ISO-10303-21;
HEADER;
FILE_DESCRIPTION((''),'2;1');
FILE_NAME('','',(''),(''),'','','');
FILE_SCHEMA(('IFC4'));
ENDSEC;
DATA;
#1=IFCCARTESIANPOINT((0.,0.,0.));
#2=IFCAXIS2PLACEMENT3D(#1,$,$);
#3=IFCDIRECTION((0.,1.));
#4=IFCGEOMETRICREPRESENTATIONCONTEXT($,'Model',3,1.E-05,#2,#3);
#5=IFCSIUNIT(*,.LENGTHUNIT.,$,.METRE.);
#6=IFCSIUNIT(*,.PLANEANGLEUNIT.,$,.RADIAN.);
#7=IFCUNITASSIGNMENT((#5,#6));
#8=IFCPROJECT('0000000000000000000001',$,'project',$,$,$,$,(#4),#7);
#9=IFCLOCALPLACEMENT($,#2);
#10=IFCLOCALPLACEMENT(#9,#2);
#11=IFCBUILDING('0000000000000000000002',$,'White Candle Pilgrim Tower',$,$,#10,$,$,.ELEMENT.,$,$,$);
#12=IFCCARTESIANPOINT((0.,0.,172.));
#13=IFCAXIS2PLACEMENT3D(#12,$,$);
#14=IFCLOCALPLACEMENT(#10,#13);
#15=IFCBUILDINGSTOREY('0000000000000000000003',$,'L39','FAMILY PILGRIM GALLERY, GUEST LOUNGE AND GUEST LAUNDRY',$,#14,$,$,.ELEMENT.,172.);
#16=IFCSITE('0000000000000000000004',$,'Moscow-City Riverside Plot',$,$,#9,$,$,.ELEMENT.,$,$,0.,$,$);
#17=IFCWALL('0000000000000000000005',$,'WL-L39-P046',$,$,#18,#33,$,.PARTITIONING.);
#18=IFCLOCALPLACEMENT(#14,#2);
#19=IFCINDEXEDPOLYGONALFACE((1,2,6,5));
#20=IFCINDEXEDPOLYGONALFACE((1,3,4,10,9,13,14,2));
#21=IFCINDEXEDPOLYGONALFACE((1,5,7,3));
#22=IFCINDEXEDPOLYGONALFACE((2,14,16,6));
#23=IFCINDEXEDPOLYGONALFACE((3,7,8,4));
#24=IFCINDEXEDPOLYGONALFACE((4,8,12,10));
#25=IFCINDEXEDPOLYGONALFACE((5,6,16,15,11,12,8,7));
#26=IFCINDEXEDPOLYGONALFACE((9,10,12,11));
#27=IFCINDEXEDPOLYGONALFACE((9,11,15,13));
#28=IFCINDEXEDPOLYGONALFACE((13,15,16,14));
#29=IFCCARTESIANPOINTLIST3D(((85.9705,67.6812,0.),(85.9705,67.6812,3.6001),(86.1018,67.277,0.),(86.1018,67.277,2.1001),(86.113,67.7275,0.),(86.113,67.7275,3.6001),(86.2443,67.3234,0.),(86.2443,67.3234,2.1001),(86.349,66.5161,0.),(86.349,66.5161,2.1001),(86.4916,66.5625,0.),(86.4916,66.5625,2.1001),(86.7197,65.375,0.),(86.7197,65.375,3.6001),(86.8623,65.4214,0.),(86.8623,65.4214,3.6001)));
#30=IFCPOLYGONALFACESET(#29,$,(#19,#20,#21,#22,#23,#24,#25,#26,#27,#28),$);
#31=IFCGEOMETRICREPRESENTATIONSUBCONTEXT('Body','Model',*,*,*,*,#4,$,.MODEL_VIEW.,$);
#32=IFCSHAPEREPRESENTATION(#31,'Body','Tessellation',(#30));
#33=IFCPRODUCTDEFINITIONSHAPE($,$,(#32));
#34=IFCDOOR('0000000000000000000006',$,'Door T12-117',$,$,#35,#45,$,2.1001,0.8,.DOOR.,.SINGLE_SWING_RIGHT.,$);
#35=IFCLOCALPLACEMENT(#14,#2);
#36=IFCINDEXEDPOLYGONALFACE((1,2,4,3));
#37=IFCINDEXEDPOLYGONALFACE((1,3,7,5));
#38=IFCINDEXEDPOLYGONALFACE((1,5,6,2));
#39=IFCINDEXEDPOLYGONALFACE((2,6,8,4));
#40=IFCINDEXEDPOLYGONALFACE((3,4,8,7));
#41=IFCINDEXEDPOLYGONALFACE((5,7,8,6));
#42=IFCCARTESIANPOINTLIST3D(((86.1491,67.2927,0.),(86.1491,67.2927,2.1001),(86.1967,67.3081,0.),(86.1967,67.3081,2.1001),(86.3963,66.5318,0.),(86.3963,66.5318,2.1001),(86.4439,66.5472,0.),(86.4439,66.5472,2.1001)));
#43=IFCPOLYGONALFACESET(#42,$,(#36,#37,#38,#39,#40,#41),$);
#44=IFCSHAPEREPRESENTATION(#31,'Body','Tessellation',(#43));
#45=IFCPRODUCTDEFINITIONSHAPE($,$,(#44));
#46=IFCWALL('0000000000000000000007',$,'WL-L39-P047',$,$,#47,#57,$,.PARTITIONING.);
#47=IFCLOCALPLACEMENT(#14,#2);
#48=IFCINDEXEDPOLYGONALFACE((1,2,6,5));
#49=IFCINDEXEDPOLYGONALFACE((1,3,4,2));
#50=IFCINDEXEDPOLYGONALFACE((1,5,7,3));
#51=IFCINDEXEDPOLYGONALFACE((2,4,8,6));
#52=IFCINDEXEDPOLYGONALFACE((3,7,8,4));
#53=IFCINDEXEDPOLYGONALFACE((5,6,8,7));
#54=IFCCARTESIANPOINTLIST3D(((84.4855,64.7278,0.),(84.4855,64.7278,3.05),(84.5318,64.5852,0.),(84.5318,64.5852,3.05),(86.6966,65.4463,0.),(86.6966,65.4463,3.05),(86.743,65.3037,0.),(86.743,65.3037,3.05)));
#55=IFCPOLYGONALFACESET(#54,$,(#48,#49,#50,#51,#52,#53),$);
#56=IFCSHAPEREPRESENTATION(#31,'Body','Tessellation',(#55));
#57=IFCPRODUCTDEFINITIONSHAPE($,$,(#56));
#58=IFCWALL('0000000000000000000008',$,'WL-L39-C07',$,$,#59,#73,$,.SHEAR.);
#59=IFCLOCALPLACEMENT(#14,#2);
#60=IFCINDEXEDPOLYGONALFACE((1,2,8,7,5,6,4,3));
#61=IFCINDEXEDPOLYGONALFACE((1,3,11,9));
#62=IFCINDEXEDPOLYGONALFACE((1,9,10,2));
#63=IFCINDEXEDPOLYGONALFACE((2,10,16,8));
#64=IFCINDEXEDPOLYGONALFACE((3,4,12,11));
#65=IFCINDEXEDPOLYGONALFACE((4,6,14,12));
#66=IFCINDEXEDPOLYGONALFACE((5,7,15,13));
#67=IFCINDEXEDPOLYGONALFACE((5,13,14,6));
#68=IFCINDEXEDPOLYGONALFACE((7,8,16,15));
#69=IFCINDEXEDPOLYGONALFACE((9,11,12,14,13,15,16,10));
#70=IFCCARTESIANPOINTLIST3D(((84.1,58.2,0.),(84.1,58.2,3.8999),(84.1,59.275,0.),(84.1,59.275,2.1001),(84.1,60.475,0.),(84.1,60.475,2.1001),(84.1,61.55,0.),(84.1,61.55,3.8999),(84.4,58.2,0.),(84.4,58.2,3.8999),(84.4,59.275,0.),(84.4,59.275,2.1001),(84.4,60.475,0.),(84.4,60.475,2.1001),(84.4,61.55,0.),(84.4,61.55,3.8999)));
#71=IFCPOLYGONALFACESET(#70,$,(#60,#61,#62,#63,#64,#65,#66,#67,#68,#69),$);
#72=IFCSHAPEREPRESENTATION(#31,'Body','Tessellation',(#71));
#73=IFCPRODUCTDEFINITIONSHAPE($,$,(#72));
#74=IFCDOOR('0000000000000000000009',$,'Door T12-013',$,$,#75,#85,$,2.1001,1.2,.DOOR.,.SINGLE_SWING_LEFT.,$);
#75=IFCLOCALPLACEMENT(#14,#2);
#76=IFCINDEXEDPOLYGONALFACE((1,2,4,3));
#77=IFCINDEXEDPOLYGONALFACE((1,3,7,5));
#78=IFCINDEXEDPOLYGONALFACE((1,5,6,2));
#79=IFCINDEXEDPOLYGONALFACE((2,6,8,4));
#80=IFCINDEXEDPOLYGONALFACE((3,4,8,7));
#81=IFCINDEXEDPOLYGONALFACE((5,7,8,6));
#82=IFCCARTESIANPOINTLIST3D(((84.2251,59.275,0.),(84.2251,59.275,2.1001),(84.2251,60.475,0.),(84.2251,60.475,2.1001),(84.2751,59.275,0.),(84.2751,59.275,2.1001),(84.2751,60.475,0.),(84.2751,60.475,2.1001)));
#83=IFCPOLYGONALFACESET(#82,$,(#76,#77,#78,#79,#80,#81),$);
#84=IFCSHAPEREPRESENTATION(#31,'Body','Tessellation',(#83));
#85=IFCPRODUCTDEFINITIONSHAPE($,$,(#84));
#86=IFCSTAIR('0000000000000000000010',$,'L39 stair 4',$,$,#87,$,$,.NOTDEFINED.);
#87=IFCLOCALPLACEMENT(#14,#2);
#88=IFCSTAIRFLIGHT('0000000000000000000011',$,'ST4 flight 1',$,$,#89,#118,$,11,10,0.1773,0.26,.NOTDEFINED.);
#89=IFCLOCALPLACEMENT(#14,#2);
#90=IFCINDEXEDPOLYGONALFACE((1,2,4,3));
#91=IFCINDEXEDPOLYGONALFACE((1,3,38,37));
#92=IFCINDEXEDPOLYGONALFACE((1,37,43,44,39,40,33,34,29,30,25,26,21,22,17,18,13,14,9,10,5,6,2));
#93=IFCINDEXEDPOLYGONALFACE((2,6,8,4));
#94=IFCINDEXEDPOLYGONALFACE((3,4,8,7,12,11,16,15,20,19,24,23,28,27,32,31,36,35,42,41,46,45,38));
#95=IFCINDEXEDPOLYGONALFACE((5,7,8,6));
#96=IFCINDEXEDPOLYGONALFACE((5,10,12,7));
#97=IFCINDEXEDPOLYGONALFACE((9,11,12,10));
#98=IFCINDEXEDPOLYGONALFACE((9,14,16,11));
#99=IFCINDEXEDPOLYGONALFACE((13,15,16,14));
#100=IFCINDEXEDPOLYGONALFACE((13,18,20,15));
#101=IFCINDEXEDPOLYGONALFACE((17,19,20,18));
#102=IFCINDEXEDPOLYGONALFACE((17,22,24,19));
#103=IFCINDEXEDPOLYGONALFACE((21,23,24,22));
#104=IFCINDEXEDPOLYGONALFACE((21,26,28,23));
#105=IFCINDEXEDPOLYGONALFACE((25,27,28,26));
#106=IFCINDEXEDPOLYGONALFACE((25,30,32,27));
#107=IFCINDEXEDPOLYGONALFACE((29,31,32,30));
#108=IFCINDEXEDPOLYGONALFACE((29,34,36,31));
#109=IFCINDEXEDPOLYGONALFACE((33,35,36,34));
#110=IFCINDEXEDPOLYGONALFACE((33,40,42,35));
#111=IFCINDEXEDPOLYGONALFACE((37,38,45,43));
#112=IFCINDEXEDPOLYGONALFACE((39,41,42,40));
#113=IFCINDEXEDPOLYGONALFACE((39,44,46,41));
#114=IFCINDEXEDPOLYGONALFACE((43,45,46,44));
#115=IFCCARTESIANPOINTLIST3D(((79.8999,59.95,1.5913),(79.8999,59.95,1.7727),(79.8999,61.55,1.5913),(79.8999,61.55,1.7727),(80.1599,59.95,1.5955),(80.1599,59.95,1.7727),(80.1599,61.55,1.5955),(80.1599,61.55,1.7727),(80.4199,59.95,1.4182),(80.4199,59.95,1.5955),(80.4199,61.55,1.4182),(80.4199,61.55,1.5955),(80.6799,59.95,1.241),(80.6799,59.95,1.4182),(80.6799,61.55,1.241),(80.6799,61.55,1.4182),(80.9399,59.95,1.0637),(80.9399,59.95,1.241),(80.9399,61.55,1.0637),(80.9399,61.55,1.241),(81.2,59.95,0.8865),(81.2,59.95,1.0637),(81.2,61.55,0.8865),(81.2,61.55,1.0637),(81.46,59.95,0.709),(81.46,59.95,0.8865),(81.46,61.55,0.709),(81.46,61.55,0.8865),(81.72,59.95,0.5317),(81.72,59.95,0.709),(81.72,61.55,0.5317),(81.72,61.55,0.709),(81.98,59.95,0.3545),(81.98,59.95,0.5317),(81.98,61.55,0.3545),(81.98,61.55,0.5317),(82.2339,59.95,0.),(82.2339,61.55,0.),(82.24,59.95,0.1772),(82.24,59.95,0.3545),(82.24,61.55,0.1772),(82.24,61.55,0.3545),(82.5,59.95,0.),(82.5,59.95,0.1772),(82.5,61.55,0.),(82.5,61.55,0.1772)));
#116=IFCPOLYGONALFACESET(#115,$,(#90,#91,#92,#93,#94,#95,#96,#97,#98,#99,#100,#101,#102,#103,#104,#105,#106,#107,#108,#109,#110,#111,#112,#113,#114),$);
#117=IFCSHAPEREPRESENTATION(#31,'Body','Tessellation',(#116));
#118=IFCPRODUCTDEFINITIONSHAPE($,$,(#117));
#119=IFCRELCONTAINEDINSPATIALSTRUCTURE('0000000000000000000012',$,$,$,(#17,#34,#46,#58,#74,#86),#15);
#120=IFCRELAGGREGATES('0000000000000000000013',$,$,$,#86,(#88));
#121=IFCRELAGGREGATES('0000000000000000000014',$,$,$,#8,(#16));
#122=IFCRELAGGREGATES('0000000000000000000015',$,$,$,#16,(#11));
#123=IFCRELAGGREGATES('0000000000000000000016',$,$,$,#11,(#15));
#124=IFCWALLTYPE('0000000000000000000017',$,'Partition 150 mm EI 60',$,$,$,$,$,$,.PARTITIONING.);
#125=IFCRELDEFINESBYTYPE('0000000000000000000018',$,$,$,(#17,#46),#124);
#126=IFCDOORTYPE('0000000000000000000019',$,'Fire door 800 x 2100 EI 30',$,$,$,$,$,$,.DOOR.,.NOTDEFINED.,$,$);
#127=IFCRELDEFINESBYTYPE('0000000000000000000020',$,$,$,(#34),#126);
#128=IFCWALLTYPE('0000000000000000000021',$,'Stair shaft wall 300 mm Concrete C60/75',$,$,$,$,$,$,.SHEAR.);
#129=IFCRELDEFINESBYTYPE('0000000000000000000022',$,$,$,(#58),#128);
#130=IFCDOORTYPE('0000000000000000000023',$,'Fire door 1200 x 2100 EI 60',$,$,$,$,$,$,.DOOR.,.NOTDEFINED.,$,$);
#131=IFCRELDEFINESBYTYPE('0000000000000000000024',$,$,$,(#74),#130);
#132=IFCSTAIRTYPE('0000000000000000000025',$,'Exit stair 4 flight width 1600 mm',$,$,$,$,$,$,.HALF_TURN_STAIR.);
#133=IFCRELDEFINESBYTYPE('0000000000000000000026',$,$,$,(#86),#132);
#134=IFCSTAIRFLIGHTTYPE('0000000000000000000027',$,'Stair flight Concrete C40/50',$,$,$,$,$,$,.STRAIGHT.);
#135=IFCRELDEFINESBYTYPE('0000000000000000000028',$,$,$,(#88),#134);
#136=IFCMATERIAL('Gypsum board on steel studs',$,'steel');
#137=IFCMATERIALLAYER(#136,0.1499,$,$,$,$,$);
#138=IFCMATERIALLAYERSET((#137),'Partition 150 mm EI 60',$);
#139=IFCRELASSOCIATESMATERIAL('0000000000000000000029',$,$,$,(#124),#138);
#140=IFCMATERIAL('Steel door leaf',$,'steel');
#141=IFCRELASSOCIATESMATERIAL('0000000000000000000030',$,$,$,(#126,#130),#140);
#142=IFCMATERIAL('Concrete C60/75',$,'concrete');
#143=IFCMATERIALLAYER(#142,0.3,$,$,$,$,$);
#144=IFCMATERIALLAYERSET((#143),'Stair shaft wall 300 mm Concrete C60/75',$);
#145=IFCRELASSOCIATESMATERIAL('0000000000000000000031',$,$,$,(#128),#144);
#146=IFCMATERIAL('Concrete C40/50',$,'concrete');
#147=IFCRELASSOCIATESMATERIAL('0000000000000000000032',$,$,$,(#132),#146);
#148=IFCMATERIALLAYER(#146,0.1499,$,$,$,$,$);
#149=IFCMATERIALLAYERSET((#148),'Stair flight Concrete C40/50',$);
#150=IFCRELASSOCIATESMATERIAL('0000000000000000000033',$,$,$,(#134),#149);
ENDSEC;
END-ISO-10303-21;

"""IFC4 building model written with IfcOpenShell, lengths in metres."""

from ifc_helpers import new_model, si_unit, direction, frame, frame_2d, origin, place, context, subcontext, project, spatial, polyline, rectangle, outline, extrude, material, layer, layer_set, type_object, element, fill, aggregate, save


model = new_model("IFC4")

# Units and contexts
model_context = context("Model", 3, precision=1e-05, world=origin(), true_north=direction((0.0, 1.0)))
body_context = subcontext(model_context, "Body", "Model", "MODEL_VIEW")
ifc_project = project(units=[si_unit("LENGTHUNIT", "METRE"), si_unit("PLANEANGLEUNIT", "RADIAN")], contexts=[model_context])

# Site, building, storey
site_placement = place(None, origin())
site = spatial("IfcSite", under=ifc_project, at=site_placement, Name="Moscow-City Riverside Plot", CompositionType="ELEMENT", RefElevation=0.0)
building_placement = place(site_placement, origin())
building = spatial("IfcBuilding", under=site, at=building_placement, Name="White Candle Pilgrim Tower", CompositionType="ELEMENT")
storey_placement = place(building_placement, frame((0.0, 0.0, 172.0)))
storey = spatial("IfcBuildingStorey", under=building, at=storey_placement, Name="L39", Description="FAMILY PILGRIM GALLERY, GUEST LOUNGE AND GUEST LAUNDRY", CompositionType="ELEMENT", Elevation=172.0)

# Shared definitions
ifc_material_1 = material(Name="Concrete C60/75", Category="concrete")

# Shared definitions
ifc_material_2 = material(Name="Gypsum board on steel studs", Category="steel")
ifc_material_3 = material(Name="Steel door leaf", Category="steel")

# Shared definitions
ifc_layer_1 = layer(ifc_material_2, 0.1499)
ifc_layer_set_1 = layer_set([ifc_layer_1], Name="Partition 150 mm EI 60")
wall_type_1 = type_object("IfcWallType", Name="Partition 150 mm EI 60", PredefinedType="PARTITIONING", material=ifc_layer_set_1)

# Wall, opening, door
door_type_1 = type_object("IfcDoorType", Name="Fire door 800 x 2100 EI 30", OperationType="NOTDEFINED", PredefinedType="DOOR", material=ifc_material_3)
wall_1_placement = place(storey_placement, frame((86.791, 65.3982, 0.0), z_axis=(0.0, 0.0, 1.0), x_axis=(-0.309, 0.951062, 0.0)))
wall_1 = element("IfcWall", 1, at=wall_1_placement, inside=storey, type_object=wall_type_1, Name="WL-L39-P046", PredefinedType="PARTITIONING", context=body_context, shape_type="SweptSolid", body=[
    extrude(rectangle(XDim=2.4248, YDim=0.1499, at=frame_2d((1.2124, 0.0))), origin(), (0.0, 0.0, 1.0), 3.6001),
])
opening_1_placement = place(wall_1_placement, frame((1.2, 0.0, 0.0)))
opening_1 = element("IfcOpeningElement", 2, at=opening_1_placement, cuts=wall_1, PredefinedType="OPENING", context=body_context, shape_type="SweptSolid", body=[
    extrude(rectangle(XDim=0.8, YDim=2.1001, at=frame_2d((0.3999, 1.05))), frame((0.0, 0.085, 0.0), z_axis=(0.0, -1.0, 0.0), x_axis=(1.0, 0.0, 0.0)), (0.0, 0.0, 1.0), 0.1699),
])
door_1_placement = place(opening_1_placement, frame((0.8, 0.0, 0.0), z_axis=(0.0, 0.0, 1.0), x_axis=(-1.0, 0.0, 0.0)))
door_1 = element("IfcDoor", 3, at=door_1_placement, inside=storey, type_object=door_type_1, Name="Door T12-117", OperationType="SINGLE_SWING_RIGHT", OverallHeight=2.1001, OverallWidth=0.8, PredefinedType="DOOR", context=body_context, shape_type="SweptSolid", body=[
    extrude(rectangle(XDim=0.8, YDim=2.1001, at=frame_2d((0.3999, 1.05))), frame((0.0, 0.0249, 0.0), z_axis=(0.0, -1.0, 0.0), x_axis=(1.0, 0.0, 0.0)), (0.0, 0.0, 1.0), 0.05),
])
fill(opening_1, door_1)

# Wall
wall_2_placement = place(storey_placement, frame((84.5085, 64.6565, 0.0), z_axis=(0.0, 0.0, 1.0), x_axis=(0.95105, 0.309036, 0.0)))
element("IfcWall", 4, at=wall_2_placement, inside=storey, type_object=wall_type_1, Name="WL-L39-P047", PredefinedType="PARTITIONING", context=body_context, shape_type="SweptSolid", body=[
    extrude(rectangle(XDim=2.325, YDim=0.1499, at=frame_2d((1.1626, 0.0))), origin(), (0.0, 0.0, 1.0), 3.05),
])

# Wall, opening, door
ifc_layer_2 = layer(ifc_material_1, 0.3)
ifc_layer_set_2 = layer_set([ifc_layer_2], Name="Stair shaft wall 300 mm Concrete C60/75")
wall_type_2 = type_object("IfcWallType", Name="Stair shaft wall 300 mm Concrete C60/75", PredefinedType="SHEAR", material=ifc_layer_set_2)
wall_3_placement = place(storey_placement, frame((84.25, 58.2, 0.0), z_axis=(0.0, 0.0, 1.0), x_axis=(0.0, 1.0, 0.0)))
wall_3 = element("IfcWall", 5, at=wall_3_placement, inside=storey, type_object=wall_type_2, Name="WL-L39-C07", PredefinedType="SHEAR", context=body_context, shape_type="SweptSolid", body=[
    extrude(rectangle(XDim=3.3501, YDim=0.3, at=frame_2d((1.675, 0.0))), origin(), (0.0, 0.0, 1.0), 3.8999),
])
opening_2_placement = place(wall_3_placement, frame((1.075, 0.0, 0.0)))
opening_2 = element("IfcOpeningElement", 6, at=opening_2_placement, cuts=wall_3, PredefinedType="OPENING", context=body_context, shape_type="SweptSolid", body=[
    extrude(rectangle(XDim=1.2, YDim=2.1001, at=frame_2d((0.6001, 1.05))), frame((0.0, 0.1599, 0.0), z_axis=(0.0, -1.0, 0.0), x_axis=(1.0, 0.0, 0.0)), (0.0, 0.0, 1.0), 0.3201),
])
door_type_2 = type_object("IfcDoorType", Name="Fire door 1200 x 2100 EI 60", OperationType="NOTDEFINED", PredefinedType="DOOR", material=ifc_material_3)
door_2_placement = place(opening_2_placement, origin())
door_2 = element("IfcDoor", 7, at=door_2_placement, inside=storey, type_object=door_type_2, Name="Door T12-013", OperationType="SINGLE_SWING_LEFT", OverallHeight=2.1001, OverallWidth=1.2, PredefinedType="DOOR", context=body_context, shape_type="SweptSolid", body=[
    extrude(rectangle(XDim=1.2, YDim=2.1001, at=frame_2d((0.6001, 1.05))), frame((0.0, 0.0249, 0.0), z_axis=(0.0, -1.0, 0.0), x_axis=(1.0, 0.0, 0.0)), (0.0, 0.0, 1.0), 0.05),
])
fill(opening_2, door_2)

# Stair, stair flight
ifc_material_4 = material(Name="Concrete C40/50", Category="concrete")
stair_type = type_object("IfcStairType", Name="Exit stair 4 flight width 1600 mm", PredefinedType="HALF_TURN_STAIR", material=ifc_material_4)
stair_placement = place(storey_placement, origin())
stair = element("IfcStair", 8, at=stair_placement, inside=storey, type_object=stair_type, Name="L39 stair 4", PredefinedType="NOTDEFINED")
ifc_layer_3 = layer(ifc_material_4, 0.1499)
ifc_layer_set_3 = layer_set([ifc_layer_3], Name="Stair flight Concrete C40/50")
stair_flight_type = type_object("IfcStairFlightType", Name="Stair flight Concrete C40/50", PredefinedType="STRAIGHT", material=ifc_layer_set_3)
stair_flight_placement = place(storey_placement, frame((82.5, 60.75, 0.0), z_axis=(0.0, 0.0, 1.0), x_axis=(-1.0, 0.0, 0.0)))
stair_flight = element("IfcStairFlight", 9, at=stair_flight_placement, type_object=stair_flight_type, Name="ST4 flight 1", NumberOfRisers=11, NumberOfTreads=10, PredefinedType="NOTDEFINED", RiserHeight=0.1773, TreadLength=0.26, context=body_context, shape_type="SweptSolid", body=[
    extrude(outline(polyline([(0.0, 0.0), (0.0, 0.1772), (0.26, 0.1772), (0.26, 0.3545), (0.52, 0.3545), (0.52, 0.5317), (0.78, 0.5317), (0.78, 0.709), (1.04, 0.709), (1.04, 0.8865), (1.3, 0.8865), (1.3, 1.0637), (1.5601, 1.0637), (1.5601, 1.241), (1.8201, 1.241), (1.8201, 1.4182), (2.0801, 1.4182), (2.0801, 1.5955), (2.3401, 1.5955), (2.3401, 1.7727), (2.6001, 1.7727), (2.6001, 1.95), (2.6001, 1.5913), (0.2661, 0.0), (0.0, 0.0)])), frame((0.0, 0.8, 0.0), z_axis=(0.0, -1.0, 0.0), x_axis=(1.0, 0.0, 0.0)), (0.0, 0.0, 1.0), 1.6001),
])
aggregate(stair, [stair_flight])

save(model, "model.ifc")
